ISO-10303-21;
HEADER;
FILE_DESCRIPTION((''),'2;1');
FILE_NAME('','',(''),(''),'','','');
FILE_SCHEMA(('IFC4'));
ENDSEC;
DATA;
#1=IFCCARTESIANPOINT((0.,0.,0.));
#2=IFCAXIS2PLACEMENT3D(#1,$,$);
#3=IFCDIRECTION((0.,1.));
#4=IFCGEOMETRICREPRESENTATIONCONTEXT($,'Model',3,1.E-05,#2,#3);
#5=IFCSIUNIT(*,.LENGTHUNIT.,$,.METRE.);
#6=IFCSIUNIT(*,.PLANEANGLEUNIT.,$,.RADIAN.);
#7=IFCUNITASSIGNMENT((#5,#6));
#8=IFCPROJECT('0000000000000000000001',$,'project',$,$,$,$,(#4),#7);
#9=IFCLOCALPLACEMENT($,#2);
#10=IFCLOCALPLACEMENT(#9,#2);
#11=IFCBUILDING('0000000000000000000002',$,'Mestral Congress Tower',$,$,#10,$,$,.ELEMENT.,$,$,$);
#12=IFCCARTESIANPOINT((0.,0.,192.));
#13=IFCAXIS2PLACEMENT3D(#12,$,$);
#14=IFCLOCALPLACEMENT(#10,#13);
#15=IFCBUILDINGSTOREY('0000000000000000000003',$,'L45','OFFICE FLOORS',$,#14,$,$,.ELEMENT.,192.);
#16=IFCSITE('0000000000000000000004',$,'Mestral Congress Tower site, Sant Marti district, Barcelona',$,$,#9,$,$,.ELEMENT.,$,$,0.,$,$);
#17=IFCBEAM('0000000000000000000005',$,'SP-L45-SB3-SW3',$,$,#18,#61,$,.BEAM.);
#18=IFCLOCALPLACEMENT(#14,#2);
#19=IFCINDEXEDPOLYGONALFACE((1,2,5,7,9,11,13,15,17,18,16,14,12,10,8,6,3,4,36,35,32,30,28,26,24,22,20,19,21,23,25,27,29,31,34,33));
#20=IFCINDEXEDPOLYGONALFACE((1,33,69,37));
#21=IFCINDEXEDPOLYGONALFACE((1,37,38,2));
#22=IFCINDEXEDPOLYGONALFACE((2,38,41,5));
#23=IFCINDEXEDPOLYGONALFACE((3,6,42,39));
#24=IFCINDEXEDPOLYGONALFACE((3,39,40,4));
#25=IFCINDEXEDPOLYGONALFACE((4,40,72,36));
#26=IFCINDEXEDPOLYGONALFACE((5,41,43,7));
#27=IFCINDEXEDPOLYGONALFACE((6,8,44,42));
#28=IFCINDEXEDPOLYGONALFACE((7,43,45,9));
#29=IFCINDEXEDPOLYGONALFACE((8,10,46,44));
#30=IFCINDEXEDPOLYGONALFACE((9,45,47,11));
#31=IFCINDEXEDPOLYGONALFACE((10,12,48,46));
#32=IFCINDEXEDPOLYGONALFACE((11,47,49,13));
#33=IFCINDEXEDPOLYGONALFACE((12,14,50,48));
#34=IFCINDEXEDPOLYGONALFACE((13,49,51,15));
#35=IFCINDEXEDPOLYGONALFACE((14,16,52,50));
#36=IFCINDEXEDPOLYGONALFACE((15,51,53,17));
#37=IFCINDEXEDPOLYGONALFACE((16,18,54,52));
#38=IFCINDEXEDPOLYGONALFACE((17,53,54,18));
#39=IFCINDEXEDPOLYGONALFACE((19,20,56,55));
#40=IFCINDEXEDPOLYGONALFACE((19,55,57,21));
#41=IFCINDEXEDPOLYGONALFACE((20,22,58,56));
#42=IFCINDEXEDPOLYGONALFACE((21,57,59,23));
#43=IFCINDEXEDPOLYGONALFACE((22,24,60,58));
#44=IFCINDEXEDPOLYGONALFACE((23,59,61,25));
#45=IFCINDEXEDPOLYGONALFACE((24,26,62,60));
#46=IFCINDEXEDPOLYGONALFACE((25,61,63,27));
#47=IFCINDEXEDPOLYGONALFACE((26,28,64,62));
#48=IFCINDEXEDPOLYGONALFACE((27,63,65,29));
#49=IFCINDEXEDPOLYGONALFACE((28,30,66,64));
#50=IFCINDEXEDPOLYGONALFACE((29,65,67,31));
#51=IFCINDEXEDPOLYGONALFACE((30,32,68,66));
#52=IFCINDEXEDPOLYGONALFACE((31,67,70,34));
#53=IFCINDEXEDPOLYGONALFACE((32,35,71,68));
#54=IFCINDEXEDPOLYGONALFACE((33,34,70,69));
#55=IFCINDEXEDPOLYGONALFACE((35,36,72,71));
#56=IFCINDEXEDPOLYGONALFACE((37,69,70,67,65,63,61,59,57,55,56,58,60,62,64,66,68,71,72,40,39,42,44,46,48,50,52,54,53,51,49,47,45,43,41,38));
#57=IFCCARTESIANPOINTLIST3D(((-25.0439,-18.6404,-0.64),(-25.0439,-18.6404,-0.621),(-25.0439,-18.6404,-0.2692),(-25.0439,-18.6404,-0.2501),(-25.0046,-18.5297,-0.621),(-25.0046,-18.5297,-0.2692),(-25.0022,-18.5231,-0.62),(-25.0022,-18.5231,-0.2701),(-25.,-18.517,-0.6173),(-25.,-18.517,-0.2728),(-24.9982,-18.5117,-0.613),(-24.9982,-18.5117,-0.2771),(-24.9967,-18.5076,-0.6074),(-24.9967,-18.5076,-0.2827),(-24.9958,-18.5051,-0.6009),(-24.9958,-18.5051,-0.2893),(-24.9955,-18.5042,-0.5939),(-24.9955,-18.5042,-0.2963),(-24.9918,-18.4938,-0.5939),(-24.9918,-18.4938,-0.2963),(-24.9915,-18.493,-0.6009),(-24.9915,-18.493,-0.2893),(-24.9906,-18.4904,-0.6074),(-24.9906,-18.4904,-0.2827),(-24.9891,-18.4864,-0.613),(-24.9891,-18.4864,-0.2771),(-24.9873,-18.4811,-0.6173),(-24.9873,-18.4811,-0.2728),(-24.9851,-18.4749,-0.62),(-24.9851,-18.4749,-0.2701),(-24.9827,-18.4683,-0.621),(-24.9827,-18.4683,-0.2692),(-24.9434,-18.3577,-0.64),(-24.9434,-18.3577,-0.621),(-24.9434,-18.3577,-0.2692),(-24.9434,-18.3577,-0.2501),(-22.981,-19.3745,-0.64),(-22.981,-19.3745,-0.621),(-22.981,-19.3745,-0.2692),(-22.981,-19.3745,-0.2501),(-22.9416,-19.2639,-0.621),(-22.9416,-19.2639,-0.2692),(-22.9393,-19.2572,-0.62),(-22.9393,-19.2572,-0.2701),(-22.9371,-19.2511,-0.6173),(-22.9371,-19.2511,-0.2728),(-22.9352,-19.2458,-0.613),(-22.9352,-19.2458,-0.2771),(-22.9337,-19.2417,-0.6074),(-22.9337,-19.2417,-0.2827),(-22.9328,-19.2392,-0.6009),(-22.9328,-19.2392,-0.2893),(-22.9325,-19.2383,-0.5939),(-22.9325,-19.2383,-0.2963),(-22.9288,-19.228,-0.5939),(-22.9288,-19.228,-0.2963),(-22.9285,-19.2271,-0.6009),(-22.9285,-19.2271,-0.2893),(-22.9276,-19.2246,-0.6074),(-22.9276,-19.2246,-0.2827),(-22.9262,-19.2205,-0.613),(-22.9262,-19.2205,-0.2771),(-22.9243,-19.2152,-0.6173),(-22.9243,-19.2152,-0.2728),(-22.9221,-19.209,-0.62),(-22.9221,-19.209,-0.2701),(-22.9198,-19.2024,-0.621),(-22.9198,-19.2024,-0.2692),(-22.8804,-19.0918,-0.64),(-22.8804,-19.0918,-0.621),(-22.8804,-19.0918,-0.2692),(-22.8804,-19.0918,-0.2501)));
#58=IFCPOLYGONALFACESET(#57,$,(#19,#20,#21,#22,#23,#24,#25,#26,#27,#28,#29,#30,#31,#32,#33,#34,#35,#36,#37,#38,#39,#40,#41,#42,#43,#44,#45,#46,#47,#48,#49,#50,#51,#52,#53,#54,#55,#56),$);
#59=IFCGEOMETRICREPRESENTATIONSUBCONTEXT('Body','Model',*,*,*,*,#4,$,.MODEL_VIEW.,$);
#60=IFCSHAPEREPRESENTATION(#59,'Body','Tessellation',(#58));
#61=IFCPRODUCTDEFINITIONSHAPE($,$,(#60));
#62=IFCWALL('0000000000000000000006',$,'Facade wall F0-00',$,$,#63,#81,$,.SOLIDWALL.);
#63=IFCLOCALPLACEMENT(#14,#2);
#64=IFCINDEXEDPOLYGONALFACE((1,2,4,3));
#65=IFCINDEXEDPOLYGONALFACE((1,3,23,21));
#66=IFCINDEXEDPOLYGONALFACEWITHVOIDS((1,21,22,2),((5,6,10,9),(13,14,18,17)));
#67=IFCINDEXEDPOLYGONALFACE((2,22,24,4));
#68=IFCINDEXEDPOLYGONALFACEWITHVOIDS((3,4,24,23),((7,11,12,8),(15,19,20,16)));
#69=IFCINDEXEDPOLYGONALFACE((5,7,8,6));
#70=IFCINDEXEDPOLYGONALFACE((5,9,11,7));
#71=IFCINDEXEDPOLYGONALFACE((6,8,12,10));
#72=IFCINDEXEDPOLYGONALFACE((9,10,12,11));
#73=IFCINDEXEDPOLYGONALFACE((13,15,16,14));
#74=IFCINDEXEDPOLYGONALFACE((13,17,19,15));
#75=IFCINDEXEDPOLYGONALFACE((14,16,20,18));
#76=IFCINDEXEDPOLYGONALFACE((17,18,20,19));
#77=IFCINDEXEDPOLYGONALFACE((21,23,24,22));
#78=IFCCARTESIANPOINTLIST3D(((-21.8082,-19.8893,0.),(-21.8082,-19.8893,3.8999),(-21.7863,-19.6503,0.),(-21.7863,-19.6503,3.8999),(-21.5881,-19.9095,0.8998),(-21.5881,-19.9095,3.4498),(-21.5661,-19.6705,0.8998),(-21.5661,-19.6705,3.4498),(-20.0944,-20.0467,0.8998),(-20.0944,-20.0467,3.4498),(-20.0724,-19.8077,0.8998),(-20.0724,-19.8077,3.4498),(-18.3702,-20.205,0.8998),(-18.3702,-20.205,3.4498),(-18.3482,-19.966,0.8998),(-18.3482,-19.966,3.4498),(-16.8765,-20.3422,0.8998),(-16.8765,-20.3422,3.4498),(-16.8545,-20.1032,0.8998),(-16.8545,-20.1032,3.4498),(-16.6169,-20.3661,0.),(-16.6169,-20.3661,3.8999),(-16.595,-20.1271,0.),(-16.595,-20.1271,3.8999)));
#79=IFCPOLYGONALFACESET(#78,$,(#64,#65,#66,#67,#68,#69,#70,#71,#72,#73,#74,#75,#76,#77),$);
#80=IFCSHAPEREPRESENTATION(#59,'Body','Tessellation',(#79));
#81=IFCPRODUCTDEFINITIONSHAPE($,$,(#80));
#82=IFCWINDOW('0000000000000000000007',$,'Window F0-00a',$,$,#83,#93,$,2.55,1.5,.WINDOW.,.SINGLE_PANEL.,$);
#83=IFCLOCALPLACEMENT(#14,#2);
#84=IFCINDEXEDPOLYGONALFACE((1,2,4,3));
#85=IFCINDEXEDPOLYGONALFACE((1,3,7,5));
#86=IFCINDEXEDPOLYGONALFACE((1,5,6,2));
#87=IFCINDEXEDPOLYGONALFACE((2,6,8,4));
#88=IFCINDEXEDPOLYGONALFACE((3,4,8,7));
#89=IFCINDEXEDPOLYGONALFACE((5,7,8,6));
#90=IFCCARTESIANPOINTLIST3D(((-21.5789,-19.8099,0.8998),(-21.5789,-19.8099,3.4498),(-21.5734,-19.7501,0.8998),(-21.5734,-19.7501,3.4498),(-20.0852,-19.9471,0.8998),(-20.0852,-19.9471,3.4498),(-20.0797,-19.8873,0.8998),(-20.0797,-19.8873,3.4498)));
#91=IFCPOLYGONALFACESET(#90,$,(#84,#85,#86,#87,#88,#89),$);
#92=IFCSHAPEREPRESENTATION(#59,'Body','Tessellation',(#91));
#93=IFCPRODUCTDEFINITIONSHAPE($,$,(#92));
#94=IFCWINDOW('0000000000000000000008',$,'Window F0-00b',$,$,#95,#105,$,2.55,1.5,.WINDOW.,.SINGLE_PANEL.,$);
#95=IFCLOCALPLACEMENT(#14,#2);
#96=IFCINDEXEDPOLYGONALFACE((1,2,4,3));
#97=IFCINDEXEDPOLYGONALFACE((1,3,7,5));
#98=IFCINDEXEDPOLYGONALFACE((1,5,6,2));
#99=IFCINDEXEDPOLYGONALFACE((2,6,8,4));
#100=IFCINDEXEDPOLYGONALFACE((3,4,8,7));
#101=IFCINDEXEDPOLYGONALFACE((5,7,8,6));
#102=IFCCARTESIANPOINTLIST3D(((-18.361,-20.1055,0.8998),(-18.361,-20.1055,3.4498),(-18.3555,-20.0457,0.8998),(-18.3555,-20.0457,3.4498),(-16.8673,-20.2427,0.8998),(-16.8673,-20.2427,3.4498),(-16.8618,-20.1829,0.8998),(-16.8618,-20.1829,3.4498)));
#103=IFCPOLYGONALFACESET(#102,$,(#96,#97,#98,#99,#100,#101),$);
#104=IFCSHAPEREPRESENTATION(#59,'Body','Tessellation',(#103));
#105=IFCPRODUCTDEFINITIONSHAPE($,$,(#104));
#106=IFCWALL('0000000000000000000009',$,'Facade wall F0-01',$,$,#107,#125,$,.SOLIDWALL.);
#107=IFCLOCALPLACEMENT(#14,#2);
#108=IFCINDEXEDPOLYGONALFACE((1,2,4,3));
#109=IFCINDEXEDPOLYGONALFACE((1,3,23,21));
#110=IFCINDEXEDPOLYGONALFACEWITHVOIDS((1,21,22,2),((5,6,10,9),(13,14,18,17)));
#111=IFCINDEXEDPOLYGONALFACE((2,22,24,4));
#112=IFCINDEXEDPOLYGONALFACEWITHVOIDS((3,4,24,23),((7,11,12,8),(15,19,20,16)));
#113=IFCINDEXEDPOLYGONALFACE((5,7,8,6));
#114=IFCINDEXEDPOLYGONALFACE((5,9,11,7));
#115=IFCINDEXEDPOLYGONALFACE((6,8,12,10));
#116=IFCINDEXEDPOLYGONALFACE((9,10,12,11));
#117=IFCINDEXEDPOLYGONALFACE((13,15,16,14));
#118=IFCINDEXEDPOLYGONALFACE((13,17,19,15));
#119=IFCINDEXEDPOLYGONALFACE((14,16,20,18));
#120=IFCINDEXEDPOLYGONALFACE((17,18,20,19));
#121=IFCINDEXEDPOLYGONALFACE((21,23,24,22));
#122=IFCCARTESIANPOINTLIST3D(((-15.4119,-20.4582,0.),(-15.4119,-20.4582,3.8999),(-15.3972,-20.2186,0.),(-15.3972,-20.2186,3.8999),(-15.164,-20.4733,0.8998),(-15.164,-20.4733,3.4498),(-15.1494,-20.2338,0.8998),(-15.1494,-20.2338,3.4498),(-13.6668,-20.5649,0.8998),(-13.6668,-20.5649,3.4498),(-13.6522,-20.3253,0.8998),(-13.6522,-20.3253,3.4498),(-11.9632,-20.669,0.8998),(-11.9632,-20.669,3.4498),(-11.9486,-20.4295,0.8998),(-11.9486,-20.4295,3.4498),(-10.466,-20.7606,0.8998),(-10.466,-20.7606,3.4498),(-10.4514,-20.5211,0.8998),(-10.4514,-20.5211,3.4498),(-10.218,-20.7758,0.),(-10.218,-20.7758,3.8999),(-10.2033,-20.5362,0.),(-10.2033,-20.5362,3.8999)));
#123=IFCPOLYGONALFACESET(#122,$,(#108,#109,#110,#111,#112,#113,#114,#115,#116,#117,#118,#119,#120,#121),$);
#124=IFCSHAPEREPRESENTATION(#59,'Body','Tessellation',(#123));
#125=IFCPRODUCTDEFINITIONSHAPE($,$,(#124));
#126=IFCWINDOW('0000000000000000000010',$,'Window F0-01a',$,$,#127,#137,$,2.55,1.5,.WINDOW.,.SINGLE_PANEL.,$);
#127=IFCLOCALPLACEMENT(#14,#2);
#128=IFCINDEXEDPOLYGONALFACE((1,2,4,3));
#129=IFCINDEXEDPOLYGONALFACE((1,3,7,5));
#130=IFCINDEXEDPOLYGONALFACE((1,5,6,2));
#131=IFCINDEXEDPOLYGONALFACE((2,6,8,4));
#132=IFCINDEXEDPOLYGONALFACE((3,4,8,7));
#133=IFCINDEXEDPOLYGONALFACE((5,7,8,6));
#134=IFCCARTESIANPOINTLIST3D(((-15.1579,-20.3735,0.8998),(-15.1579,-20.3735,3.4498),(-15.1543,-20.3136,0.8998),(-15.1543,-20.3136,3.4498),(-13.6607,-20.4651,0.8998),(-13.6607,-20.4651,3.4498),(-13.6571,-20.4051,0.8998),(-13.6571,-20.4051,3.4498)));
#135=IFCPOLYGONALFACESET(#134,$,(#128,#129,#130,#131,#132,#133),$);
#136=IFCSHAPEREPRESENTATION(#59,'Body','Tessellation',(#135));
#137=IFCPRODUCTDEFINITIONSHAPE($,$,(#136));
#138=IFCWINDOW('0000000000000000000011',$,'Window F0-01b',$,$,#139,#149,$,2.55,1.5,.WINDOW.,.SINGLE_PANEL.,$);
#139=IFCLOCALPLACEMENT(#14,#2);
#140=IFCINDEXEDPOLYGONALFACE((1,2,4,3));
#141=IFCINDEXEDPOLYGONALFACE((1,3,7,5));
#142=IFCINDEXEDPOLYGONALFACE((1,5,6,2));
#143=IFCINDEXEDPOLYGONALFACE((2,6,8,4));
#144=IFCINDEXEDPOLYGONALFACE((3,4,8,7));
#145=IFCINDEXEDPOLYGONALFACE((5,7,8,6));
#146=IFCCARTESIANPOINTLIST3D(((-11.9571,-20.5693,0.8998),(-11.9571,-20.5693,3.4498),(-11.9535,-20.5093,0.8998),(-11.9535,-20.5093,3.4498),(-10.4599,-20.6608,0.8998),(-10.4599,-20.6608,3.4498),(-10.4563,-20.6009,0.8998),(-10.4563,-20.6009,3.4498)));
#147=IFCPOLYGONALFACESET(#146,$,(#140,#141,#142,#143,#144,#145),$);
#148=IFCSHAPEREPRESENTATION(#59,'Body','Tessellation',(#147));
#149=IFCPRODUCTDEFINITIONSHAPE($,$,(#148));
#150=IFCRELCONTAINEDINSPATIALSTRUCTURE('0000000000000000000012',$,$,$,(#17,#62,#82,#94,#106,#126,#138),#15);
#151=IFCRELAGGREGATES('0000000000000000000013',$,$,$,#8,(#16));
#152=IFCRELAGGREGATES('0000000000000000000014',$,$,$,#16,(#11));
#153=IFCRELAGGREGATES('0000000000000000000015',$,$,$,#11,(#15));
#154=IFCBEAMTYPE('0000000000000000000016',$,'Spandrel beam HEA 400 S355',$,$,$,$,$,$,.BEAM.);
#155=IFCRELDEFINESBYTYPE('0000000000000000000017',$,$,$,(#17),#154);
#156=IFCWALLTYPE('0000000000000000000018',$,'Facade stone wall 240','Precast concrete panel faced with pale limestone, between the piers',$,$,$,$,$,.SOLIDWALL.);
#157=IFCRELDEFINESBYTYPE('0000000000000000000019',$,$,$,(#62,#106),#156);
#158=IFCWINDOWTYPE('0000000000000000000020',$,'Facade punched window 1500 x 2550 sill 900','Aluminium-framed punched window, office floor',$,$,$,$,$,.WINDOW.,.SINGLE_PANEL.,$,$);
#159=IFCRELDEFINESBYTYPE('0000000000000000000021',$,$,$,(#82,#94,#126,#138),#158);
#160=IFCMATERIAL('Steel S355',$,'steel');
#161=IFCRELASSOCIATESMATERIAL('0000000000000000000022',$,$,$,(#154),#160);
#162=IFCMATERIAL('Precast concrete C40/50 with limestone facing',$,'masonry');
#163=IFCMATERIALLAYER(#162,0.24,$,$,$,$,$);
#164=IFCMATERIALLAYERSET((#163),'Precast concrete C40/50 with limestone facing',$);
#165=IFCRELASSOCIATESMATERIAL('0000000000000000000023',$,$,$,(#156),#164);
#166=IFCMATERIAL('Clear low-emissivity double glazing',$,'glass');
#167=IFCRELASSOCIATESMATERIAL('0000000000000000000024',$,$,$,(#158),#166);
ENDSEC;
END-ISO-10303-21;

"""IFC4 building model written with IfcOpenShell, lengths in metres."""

from ifc_helpers import new_model, si_unit, direction, frame, frame_2d, origin, origin_2d, place, context, subcontext, project, spatial, rectangle, i_section, extrude, material, layer, layer_set, material_profile, profile_set, type_object, element, fill, save


model = new_model("IFC4")

# Units and contexts
model_context = context("Model", 3, precision=1e-05, world=origin(), true_north=direction((0.0, 1.0)))
body_context = subcontext(model_context, "Body", "Model", "MODEL_VIEW")
ifc_project = project(units=[si_unit("LENGTHUNIT", "METRE"), si_unit("PLANEANGLEUNIT", "RADIAN")], contexts=[model_context])

# Site, building, storey
site_placement = place(None, origin())
site = spatial("IfcSite", under=ifc_project, at=site_placement, Name="Mestral Congress Tower site, Sant Marti district, Barcelona", CompositionType="ELEMENT", RefElevation=0.0)
building_placement = place(site_placement, origin())
building = spatial("IfcBuilding", under=site, at=building_placement, Name="Mestral Congress Tower", CompositionType="ELEMENT")
storey_placement = place(building_placement, frame((0.0, 0.0, 192.0)))
storey = spatial("IfcBuildingStorey", under=building, at=storey_placement, Name="L45", Description="OFFICE FLOORS", CompositionType="ELEMENT", Elevation=192.0)

# Beam
ifc_material_1 = material(Name="Steel S355", Category="steel")
ifc_material_profile_1 = material_profile(ifc_material_1, i_section(OverallWidth=0.3, OverallDepth=0.3899, WebThickness=0.011, FlangeThickness=0.019, FilletRadius=0.0271, at=origin_2d()), Name="HEA 400")
ifc_profile_set_1 = profile_set([ifc_material_profile_1], Name="Steel S355")
beam_type_1 = type_object("IfcBeamType", Name="Spandrel beam HEA 400 S355", PredefinedType="BEAM", material=ifc_profile_set_1)
beam_1_placement = place(storey_placement, frame((-24.9937, -18.499, -0.4451), z_axis=(0.942125, -0.335263, 0.0), x_axis=(0.335263, 0.942125, 0.0)))
element("IfcBeam", 1, at=beam_1_placement, inside=storey, type_object=beam_type_1, Name="SP-L45-SB3-SW3", PredefinedType="BEAM", context=body_context, shape_type="SweptSolid", body=[
    extrude(i_section(OverallWidth=0.3, OverallDepth=0.3899, WebThickness=0.011, FlangeThickness=0.019, FilletRadius=0.0271, at=origin_2d()), origin(), (0.0, 0.0, 1.0), 2.1897),
])

# Walls, openings, windows
ifc_material_2 = material(Name="Precast concrete C40/50 with limestone facing", Category="masonry")
ifc_layer_1 = layer(ifc_material_2, 0.24)
ifc_layer_set_1 = layer_set([ifc_layer_1], Name="Precast concrete C40/50 with limestone facing")
wall_type_1 = type_object("IfcWallType", Name="Facade stone wall 240", Description="Precast concrete panel faced with pale limestone, between the piers", PredefinedType="SOLIDWALL", material=ifc_layer_set_1)
wall_1_placement = place(storey_placement, frame((-21.7971, -19.7698, 0.0), z_axis=(0.0, 0.0, 1.0), x_axis=(0.995809, -0.09146, 0.0)))
wall_1 = element("IfcWall", 2, at=wall_1_placement, inside=storey, type_object=wall_type_1, Name="Facade wall F0-00", PredefinedType="SOLIDWALL", context=body_context, shape_type="SweptSolid", body=[
    extrude(rectangle(XDim=5.2131, YDim=0.24, at=frame_2d((2.6064, 0.0))), origin(), (0.0, 0.0, 1.0), 3.8999),
])
opening_1_placement = place(wall_1_placement, frame((0.2209, 0.0, 0.8999)))
opening_1 = element("IfcOpeningElement", 3, at=opening_1_placement, cuts=wall_1, PredefinedType="OPENING", context=body_context, shape_type="SweptSolid", body=[
    extrude(rectangle(XDim=1.5, YDim=2.55, at=frame_2d((0.75, 1.2749))), frame((0.0, 0.1299, 0.0), z_axis=(0.0, -1.0, 0.0), x_axis=(1.0, 0.0, 0.0)), (0.0, 0.0, 1.0), 0.26),
])
opening_2_placement = place(wall_1_placement, frame((3.4524, 0.0, 0.8999)))
opening_2 = element("IfcOpeningElement", 4, at=opening_2_placement, cuts=wall_1, PredefinedType="OPENING", context=body_context, shape_type="SweptSolid", body=[
    extrude(rectangle(XDim=1.5, YDim=2.55, at=frame_2d((0.75, 1.2749))), frame((0.0, 0.1299, 0.0), z_axis=(0.0, -1.0, 0.0), x_axis=(1.0, 0.0, 0.0)), (0.0, 0.0, 1.0), 0.26),
])
ifc_material_3 = material(Name="Clear low-emissivity double glazing", Category="glass")
window_type_1 = type_object("IfcWindowType", Name="Facade punched window 1500 x 2550 sill 900", Description="Aluminium-framed punched window, office floor", PartitioningType="SINGLE_PANEL", PredefinedType="WINDOW", material=ifc_material_3)
window_1_placement = place(opening_1_placement, origin())
window_1 = element("IfcWindow", 5, at=window_1_placement, inside=storey, type_object=window_type_1, Name="Window F0-00a", OverallHeight=2.55, OverallWidth=1.5, PartitioningType="SINGLE_PANEL", PredefinedType="WINDOW", context=body_context, shape_type="SweptSolid", body=[
    extrude(rectangle(XDim=1.5, YDim=2.55, at=frame_2d((0.75, 1.2749))), frame((0.0, 0.04, 0.0), z_axis=(0.0, -1.0, 0.0), x_axis=(1.0, 0.0, 0.0)), (0.0, 0.0, 1.0), 0.0601),
])
fill(opening_1, window_1)
window_2_placement = place(opening_2_placement, origin())
window_2 = element("IfcWindow", 6, at=window_2_placement, inside=storey, type_object=window_type_1, Name="Window F0-00b", OverallHeight=2.55, OverallWidth=1.5, PartitioningType="SINGLE_PANEL", PredefinedType="WINDOW", context=body_context, shape_type="SweptSolid", body=[
    extrude(rectangle(XDim=1.5, YDim=2.55, at=frame_2d((0.75, 1.2749))), frame((0.0, 0.04, 0.0), z_axis=(0.0, -1.0, 0.0), x_axis=(1.0, 0.0, 0.0)), (0.0, 0.0, 1.0), 0.0601),
])
fill(opening_2, window_2)
wall_2_placement = place(storey_placement, frame((-15.4045, -20.3384, 0.0), z_axis=(0.0, 0.0, 1.0), x_axis=(0.998135, -0.06104, 0.0)))
wall_2 = element("IfcWall", 7, at=wall_2_placement, inside=storey, type_object=wall_type_1, Name="Facade wall F0-01", PredefinedType="SOLIDWALL", context=body_context, shape_type="SweptSolid", body=[
    extrude(rectangle(XDim=5.2036, YDim=0.24, at=frame_2d((2.6018, 0.0))), origin(), (0.0, 0.0, 1.0), 3.8999),
])
opening_3_placement = place(wall_2_placement, frame((0.2483, 0.0, 0.8999)))
opening_3 = element("IfcOpeningElement", 8, at=opening_3_placement, cuts=wall_2, PredefinedType="OPENING", context=body_context, shape_type="SweptSolid", body=[
    extrude(rectangle(XDim=1.5, YDim=2.55, at=frame_2d((0.75, 1.2749))), frame((0.0, 0.1299, 0.0), z_axis=(0.0, -1.0, 0.0), x_axis=(1.0, 0.0, 0.0)), (0.0, 0.0, 1.0), 0.26),
])
opening_4_placement = place(wall_2_placement, frame((3.4551, 0.0, 0.8999)))
opening_4 = element("IfcOpeningElement", 9, at=opening_4_placement, cuts=wall_2, PredefinedType="OPENING", context=body_context, shape_type="SweptSolid", body=[
    extrude(rectangle(XDim=1.5, YDim=2.55, at=frame_2d((0.75, 1.2749))), frame((0.0, 0.1299, 0.0), z_axis=(0.0, -1.0, 0.0), x_axis=(1.0, 0.0, 0.0)), (0.0, 0.0, 1.0), 0.26),
])
window_3_placement = place(opening_3_placement, origin())
window_3 = element("IfcWindow", 10, at=window_3_placement, inside=storey, type_object=window_type_1, Name="Window F0-01a", OverallHeight=2.55, OverallWidth=1.5, PartitioningType="SINGLE_PANEL", PredefinedType="WINDOW", context=body_context, shape_type="SweptSolid", body=[
    extrude(rectangle(XDim=1.5, YDim=2.55, at=frame_2d((0.75, 1.2749))), frame((0.0, 0.04, 0.0), z_axis=(0.0, -1.0, 0.0), x_axis=(1.0, 0.0, 0.0)), (0.0, 0.0, 1.0), 0.0601),
])
fill(opening_3, window_3)
window_4_placement = place(opening_4_placement, origin())
window_4 = element("IfcWindow", 11, at=window_4_placement, inside=storey, type_object=window_type_1, Name="Window F0-01b", OverallHeight=2.55, OverallWidth=1.5, PartitioningType="SINGLE_PANEL", PredefinedType="WINDOW", context=body_context, shape_type="SweptSolid", body=[
    extrude(rectangle(XDim=1.5, YDim=2.55, at=frame_2d((0.75, 1.2749))), frame((0.0, 0.04, 0.0), z_axis=(0.0, -1.0, 0.0), x_axis=(1.0, 0.0, 0.0)), (0.0, 0.0, 1.0), 0.0601),
])
fill(opening_4, window_4)

save(model, "model.ifc")
